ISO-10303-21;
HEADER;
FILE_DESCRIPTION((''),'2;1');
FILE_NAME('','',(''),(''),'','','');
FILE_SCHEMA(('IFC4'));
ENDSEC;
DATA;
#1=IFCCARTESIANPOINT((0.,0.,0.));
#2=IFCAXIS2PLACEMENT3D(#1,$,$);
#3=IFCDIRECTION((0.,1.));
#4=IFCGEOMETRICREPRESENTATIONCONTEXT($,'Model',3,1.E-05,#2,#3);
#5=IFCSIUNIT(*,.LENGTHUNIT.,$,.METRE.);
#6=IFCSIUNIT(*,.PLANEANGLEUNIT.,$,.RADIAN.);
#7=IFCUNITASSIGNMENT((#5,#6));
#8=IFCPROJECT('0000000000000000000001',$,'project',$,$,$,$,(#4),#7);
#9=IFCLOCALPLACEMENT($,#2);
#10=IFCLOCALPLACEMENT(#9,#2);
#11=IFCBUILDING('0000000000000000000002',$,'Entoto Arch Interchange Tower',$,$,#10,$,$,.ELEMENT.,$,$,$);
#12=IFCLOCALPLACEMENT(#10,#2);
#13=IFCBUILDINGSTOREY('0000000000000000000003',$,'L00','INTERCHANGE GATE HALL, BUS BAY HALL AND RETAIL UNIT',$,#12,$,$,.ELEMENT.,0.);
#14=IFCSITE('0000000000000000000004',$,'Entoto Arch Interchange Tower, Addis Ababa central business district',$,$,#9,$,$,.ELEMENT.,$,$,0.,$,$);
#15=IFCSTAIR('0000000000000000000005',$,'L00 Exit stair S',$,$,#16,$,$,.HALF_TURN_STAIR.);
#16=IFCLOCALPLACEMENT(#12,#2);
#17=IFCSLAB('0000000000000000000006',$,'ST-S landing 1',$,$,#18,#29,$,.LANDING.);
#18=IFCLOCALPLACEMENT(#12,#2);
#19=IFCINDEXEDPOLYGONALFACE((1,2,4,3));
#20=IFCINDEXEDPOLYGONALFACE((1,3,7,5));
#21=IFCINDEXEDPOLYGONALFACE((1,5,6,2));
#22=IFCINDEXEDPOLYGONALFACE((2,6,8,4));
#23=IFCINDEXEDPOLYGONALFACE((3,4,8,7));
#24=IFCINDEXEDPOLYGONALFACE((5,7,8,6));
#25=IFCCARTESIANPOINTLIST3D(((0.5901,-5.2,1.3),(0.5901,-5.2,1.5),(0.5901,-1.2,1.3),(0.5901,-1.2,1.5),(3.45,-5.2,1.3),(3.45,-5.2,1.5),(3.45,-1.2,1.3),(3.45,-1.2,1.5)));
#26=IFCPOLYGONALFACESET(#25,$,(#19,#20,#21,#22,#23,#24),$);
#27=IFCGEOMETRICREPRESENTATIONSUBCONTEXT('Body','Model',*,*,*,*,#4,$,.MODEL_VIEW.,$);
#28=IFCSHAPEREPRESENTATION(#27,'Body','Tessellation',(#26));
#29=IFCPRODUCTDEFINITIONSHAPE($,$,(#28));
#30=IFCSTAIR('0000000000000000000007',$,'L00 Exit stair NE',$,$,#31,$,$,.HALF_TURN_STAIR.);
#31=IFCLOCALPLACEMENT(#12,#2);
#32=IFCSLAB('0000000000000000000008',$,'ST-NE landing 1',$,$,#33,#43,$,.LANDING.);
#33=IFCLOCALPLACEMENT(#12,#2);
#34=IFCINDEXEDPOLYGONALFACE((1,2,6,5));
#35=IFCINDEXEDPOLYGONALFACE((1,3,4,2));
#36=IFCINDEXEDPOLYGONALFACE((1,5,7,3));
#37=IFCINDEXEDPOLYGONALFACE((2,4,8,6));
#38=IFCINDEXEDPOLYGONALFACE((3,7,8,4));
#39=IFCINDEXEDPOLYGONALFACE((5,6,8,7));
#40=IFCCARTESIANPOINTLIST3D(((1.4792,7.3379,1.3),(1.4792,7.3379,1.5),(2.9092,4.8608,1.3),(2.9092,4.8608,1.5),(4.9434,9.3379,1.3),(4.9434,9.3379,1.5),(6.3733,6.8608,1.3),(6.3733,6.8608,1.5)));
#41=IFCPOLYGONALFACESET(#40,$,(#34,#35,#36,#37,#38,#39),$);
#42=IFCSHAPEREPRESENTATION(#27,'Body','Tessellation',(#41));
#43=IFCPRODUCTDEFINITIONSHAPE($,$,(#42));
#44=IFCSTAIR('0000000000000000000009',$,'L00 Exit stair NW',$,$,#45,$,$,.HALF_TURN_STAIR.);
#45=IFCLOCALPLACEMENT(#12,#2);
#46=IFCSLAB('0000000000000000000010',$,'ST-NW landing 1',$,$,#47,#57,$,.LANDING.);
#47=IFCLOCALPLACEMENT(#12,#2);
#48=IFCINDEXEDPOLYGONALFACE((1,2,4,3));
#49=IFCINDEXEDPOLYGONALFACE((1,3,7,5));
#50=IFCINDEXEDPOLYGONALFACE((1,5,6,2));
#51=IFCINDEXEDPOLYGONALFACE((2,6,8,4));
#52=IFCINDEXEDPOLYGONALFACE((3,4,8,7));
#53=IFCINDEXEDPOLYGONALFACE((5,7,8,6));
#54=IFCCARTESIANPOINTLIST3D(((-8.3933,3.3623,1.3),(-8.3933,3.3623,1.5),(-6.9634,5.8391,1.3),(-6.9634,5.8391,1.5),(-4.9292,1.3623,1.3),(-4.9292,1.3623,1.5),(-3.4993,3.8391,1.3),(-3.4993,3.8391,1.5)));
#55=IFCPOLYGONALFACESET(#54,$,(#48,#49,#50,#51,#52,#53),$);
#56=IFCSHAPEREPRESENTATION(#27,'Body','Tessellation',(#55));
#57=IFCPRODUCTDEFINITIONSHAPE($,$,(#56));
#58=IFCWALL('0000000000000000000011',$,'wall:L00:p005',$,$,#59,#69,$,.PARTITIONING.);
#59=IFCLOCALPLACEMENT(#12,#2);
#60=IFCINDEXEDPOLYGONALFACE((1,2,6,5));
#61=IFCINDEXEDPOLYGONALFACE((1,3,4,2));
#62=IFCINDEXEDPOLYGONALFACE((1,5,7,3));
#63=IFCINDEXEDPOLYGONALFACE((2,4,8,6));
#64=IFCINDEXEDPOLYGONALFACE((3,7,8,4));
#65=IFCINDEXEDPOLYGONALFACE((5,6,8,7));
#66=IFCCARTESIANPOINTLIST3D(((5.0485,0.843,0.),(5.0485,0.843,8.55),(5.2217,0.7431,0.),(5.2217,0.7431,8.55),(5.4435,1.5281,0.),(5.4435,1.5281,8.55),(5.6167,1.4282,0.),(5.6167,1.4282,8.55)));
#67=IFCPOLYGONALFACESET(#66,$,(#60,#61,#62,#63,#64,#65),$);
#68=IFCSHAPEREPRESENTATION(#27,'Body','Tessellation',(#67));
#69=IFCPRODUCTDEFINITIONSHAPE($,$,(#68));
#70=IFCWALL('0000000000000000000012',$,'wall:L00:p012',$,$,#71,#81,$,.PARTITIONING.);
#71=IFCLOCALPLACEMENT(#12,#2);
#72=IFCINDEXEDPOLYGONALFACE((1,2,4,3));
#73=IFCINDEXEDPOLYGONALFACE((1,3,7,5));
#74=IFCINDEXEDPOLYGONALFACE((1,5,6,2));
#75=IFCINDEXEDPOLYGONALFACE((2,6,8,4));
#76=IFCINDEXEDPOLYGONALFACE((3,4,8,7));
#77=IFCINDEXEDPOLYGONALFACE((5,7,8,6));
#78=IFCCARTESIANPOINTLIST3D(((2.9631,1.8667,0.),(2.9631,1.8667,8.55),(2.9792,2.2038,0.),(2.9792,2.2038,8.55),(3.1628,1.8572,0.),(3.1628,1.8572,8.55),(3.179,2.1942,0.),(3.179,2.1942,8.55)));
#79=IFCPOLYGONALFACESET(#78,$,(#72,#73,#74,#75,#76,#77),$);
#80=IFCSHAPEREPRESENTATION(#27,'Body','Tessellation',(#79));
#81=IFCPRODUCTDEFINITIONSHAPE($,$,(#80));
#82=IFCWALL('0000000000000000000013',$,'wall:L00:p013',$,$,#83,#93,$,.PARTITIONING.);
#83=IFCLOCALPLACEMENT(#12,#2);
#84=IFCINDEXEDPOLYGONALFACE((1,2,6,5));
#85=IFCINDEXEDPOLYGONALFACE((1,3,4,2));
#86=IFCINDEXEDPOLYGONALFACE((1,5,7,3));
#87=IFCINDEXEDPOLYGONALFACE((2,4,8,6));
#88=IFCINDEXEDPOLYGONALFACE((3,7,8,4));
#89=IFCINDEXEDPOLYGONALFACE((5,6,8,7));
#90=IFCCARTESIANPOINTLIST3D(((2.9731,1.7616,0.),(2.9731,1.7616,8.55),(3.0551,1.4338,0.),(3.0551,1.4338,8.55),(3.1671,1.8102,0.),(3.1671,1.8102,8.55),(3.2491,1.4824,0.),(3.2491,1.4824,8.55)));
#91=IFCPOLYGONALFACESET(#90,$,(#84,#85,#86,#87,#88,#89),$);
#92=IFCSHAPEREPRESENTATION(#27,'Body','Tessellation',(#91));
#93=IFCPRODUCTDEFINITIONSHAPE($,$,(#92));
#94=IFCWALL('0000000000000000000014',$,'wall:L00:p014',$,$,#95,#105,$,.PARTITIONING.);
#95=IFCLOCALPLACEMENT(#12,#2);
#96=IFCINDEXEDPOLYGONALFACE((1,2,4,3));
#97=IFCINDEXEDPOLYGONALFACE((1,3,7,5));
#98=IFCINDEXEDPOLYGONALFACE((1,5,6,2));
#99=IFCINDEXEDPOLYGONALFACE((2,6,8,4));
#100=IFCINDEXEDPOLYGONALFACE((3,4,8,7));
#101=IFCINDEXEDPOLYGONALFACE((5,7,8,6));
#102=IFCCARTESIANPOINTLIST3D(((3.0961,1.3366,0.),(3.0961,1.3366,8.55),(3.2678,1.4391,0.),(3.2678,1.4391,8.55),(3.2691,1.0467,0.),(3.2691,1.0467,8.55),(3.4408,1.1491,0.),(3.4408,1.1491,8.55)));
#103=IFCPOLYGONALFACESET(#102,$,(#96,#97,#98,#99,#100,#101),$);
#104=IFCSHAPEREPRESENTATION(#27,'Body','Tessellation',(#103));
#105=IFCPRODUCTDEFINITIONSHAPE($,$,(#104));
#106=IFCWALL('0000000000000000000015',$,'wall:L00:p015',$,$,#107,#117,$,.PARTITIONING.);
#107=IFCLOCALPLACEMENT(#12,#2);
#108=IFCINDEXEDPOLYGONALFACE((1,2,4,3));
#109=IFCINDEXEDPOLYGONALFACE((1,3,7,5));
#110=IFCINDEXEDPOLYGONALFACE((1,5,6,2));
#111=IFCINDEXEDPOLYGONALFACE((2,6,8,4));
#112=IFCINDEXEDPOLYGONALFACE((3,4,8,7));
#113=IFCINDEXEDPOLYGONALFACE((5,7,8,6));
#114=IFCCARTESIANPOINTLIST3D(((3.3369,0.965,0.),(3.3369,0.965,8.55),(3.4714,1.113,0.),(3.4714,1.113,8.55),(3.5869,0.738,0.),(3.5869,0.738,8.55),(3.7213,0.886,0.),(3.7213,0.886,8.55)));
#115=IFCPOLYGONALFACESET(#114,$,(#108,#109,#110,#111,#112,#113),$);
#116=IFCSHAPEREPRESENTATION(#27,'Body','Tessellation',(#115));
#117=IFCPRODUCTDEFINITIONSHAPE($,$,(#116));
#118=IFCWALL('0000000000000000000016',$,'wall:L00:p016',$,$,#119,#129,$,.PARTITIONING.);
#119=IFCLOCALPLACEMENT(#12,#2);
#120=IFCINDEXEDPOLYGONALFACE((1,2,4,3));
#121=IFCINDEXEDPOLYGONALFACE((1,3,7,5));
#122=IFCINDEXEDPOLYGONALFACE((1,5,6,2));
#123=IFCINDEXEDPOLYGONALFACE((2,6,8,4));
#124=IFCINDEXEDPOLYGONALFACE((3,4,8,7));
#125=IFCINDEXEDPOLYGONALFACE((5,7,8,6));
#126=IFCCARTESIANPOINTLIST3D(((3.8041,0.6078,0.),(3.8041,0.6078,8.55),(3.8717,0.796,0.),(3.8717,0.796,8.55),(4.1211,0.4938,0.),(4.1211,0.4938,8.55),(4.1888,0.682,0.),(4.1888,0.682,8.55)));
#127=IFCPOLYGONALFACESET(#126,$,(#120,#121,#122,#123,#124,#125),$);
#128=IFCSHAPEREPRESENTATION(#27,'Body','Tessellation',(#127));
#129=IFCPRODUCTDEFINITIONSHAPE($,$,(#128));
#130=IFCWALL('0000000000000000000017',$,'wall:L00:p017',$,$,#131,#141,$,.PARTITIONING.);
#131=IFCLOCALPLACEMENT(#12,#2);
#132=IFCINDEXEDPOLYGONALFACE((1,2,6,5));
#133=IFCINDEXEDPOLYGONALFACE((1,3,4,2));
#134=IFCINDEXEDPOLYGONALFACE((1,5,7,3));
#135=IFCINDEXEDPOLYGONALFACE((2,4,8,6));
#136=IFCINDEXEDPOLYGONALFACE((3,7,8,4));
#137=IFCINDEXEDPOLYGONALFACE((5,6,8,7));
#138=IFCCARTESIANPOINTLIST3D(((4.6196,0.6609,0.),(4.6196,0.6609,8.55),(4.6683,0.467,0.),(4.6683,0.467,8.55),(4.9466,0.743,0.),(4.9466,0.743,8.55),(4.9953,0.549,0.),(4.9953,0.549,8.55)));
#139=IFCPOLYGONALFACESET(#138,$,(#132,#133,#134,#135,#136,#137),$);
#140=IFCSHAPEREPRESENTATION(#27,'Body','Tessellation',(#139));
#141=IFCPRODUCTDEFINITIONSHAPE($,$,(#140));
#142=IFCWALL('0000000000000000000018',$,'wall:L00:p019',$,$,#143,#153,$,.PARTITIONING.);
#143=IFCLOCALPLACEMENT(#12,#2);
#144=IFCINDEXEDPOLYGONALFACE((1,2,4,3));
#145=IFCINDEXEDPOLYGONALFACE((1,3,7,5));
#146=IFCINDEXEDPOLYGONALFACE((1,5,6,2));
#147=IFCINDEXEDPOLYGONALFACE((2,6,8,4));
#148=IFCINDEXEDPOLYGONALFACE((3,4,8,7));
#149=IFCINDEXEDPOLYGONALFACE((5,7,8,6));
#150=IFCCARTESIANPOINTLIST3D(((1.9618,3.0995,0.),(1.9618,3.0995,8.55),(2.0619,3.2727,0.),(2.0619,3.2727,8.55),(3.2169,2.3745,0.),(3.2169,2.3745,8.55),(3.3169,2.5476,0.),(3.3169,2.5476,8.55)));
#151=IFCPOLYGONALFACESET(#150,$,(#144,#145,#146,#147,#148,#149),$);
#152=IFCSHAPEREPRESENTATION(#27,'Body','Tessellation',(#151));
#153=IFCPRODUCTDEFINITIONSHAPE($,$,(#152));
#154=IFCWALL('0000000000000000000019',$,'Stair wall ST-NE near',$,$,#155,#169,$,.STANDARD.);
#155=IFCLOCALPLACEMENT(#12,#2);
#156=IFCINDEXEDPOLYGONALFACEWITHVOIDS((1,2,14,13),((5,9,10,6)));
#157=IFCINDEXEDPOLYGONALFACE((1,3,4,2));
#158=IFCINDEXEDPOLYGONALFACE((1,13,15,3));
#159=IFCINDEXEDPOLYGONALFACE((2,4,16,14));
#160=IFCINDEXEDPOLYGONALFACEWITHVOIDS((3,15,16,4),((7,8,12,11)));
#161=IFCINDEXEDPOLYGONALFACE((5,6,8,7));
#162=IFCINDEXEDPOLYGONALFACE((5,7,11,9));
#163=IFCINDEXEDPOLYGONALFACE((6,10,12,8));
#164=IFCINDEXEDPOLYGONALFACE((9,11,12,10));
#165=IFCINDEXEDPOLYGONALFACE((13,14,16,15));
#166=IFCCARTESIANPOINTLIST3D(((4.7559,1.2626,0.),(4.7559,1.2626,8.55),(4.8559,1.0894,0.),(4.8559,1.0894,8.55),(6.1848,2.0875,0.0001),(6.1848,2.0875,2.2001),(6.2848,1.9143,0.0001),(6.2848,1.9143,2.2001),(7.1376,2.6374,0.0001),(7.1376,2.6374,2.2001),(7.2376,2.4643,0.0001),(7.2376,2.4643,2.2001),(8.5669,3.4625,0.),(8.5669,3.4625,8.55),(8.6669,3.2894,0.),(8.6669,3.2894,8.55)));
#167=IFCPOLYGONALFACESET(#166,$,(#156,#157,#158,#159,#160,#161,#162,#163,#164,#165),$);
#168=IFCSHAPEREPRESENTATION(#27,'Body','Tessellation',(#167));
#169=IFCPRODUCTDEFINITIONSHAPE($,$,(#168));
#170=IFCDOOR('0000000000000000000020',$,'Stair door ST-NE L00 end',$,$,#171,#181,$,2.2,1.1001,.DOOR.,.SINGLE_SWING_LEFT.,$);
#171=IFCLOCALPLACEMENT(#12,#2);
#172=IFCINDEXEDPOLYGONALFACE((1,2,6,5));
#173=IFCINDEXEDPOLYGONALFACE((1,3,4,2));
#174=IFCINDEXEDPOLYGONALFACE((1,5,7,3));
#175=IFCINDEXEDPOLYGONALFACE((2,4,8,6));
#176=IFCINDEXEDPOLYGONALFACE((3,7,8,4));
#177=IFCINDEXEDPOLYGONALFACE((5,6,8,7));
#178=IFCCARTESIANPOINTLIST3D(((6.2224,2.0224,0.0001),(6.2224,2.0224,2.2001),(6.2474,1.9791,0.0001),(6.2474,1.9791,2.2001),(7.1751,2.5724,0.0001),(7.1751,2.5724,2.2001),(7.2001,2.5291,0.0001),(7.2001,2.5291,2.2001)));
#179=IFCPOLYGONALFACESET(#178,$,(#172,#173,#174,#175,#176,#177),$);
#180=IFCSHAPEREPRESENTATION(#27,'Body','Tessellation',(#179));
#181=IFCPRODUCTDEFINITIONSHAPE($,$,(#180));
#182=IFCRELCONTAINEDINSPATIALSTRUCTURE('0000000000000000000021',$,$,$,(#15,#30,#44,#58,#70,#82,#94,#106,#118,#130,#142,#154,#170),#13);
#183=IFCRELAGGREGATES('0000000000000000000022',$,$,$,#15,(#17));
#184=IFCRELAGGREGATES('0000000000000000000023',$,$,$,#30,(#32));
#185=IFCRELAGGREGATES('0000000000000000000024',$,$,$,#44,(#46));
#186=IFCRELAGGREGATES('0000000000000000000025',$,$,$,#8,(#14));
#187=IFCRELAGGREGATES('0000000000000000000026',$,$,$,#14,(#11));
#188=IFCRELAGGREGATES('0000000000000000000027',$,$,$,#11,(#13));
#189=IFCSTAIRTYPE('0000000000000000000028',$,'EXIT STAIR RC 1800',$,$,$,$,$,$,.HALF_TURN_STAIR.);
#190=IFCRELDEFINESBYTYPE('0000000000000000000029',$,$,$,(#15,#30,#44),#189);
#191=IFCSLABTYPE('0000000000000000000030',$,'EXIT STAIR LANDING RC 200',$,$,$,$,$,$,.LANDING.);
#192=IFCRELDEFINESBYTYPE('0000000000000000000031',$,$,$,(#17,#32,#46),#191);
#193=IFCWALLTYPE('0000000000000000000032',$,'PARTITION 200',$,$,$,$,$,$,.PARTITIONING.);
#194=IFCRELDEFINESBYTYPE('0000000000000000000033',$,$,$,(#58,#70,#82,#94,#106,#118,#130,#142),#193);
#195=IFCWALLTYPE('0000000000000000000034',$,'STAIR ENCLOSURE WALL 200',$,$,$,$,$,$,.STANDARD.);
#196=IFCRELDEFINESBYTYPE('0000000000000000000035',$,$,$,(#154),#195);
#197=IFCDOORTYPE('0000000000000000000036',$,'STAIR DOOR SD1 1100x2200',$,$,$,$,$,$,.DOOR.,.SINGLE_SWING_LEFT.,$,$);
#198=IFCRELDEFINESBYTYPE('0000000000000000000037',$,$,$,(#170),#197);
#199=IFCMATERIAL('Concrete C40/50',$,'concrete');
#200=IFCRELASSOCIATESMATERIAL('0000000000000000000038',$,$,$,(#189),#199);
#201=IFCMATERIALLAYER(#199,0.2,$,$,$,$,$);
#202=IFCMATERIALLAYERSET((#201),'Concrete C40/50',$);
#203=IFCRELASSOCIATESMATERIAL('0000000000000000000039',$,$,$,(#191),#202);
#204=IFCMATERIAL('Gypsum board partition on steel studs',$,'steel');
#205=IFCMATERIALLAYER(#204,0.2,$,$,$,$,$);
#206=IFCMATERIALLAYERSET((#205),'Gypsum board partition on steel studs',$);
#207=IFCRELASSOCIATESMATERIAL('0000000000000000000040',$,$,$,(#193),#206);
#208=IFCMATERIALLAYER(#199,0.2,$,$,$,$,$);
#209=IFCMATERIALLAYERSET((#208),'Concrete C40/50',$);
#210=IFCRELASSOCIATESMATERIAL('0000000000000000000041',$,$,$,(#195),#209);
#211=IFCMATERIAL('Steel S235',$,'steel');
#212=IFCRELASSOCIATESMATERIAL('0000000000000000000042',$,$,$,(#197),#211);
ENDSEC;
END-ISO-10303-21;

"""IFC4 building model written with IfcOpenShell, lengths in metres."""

from ifc_helpers import new_model, si_unit, direction, frame, frame_2d, origin, place, context, subcontext, project, spatial, polyline, rectangle, outline, extrude, material, layer, layer_set, type_object, element, fill, aggregate, save


model = new_model("IFC4")

# Units and contexts
model_context = context("Model", 3, precision=1e-05, world=origin(), true_north=direction((0.0, 1.0)))
body_context = subcontext(model_context, "Body", "Model", "MODEL_VIEW")
ifc_project = project(units=[si_unit("LENGTHUNIT", "METRE"), si_unit("PLANEANGLEUNIT", "RADIAN")], contexts=[model_context])

# Site, building, storey
site_placement = place(None, origin())
site = spatial("IfcSite", under=ifc_project, at=site_placement, Name="Entoto Arch Interchange Tower, Addis Ababa central business district", CompositionType="ELEMENT", RefElevation=0.0)
building_placement = place(site_placement, origin())
building = spatial("IfcBuilding", under=site, at=building_placement, Name="Entoto Arch Interchange Tower", CompositionType="ELEMENT")
storey_placement = place(building_placement, origin())
storey = spatial("IfcBuildingStorey", under=building, at=storey_placement, Name="L00", Description="INTERCHANGE GATE HALL, BUS BAY HALL AND RETAIL UNIT", CompositionType="ELEMENT", Elevation=0.0)

# Stairs, slabs
ifc_material_1 = material(Name="Concrete C40/50", Category="concrete")
stair_type = type_object("IfcStairType", Name="EXIT STAIR RC 1800", PredefinedType="HALF_TURN_STAIR", material=ifc_material_1)
stair_1_placement = place(storey_placement, origin())
stair_1 = element("IfcStair", 1, at=stair_1_placement, inside=storey, type_object=stair_type, Name="L00 Exit stair S", PredefinedType="HALF_TURN_STAIR")
ifc_layer_1 = layer(ifc_material_1, 0.2)
ifc_layer_set_1 = layer_set([ifc_layer_1], Name="Concrete C40/50")
slab_type = type_object("IfcSlabType", Name="EXIT STAIR LANDING RC 200", PredefinedType="LANDING", material=ifc_layer_set_1)
slab_1_placement = place(storey_placement, frame((0.0, 0.0, 1.3)))
slab_1 = element("IfcSlab", 2, at=slab_1_placement, type_object=slab_type, Name="ST-S landing 1", PredefinedType="LANDING", context=body_context, shape_type="SweptSolid", body=[
    extrude(outline(polyline([(0.5901, -5.2), (3.45, -5.2), (3.45, -1.2), (0.5901, -1.2), (0.5901, -5.2)])), origin(), (0.0, 0.0, 1.0), 0.2),
])
aggregate(stair_1, [slab_1])
stair_2_placement = place(storey_placement, origin())
stair_2 = element("IfcStair", 3, at=stair_2_placement, inside=storey, type_object=stair_type, Name="L00 Exit stair NE", PredefinedType="HALF_TURN_STAIR")
slab_2_placement = place(storey_placement, frame((0.0, 0.0, 1.3)))
slab_2 = element("IfcSlab", 4, at=slab_2_placement, type_object=slab_type, Name="ST-NE landing 1", PredefinedType="LANDING", context=body_context, shape_type="SweptSolid", body=[
    extrude(outline(polyline([(6.3733, 6.8608), (4.9434, 9.3379), (1.4792, 7.3379), (2.9092, 4.8608), (6.3733, 6.8608)])), origin(), (0.0, 0.0, 1.0), 0.2),
])
aggregate(stair_2, [slab_2])
stair_3_placement = place(storey_placement, origin())
stair_3 = element("IfcStair", 5, at=stair_3_placement, inside=storey, type_object=stair_type, Name="L00 Exit stair NW", PredefinedType="HALF_TURN_STAIR")
slab_3_placement = place(storey_placement, frame((0.0, 0.0, 1.3)))
slab_3 = element("IfcSlab", 6, at=slab_3_placement, type_object=slab_type, Name="ST-NW landing 1", PredefinedType="LANDING", context=body_context, shape_type="SweptSolid", body=[
    extrude(outline(polyline([(-6.9634, 5.8391), (-8.3933, 3.3623), (-4.9292, 1.3623), (-3.4993, 3.8391), (-6.9634, 5.8391)])), origin(), (0.0, 0.0, 1.0), 0.2),
])
aggregate(stair_3, [slab_3])

# Walls
ifc_material_2 = material(Name="Gypsum board partition on steel studs", Category="steel")
ifc_layer_2 = layer(ifc_material_2, 0.2)
ifc_layer_set_2 = layer_set([ifc_layer_2], Name="Gypsum board partition on steel studs")
wall_type_1 = type_object("IfcWallType", Name="PARTITION 200", PredefinedType="PARTITIONING", material=ifc_layer_set_2)
wall_1_placement = place(storey_placement, frame((5.135, 0.793, 0.0), z_axis=(0.0, 0.0, 1.0), x_axis=(0.499526, 0.866299, 0.0)))
element("IfcWall", 7, at=wall_1_placement, inside=storey, type_object=wall_type_1, Name="wall:L00:p005", PredefinedType="PARTITIONING", context=body_context, shape_type="SweptSolid", body=[
    extrude(rectangle(XDim=0.7908, YDim=0.2, at=frame_2d((0.3955, 0.0))), origin(), (0.0, 0.0, 1.0), 8.55),
])
wall_2_placement = place(storey_placement, frame((3.0791, 2.199, 0.0), z_axis=(0.0, 0.0, 1.0), x_axis=(-0.047771, -0.998858, 0.0)))
element("IfcWall", 8, at=wall_2_placement, inside=storey, type_object=wall_type_1, Name="wall:L00:p012", PredefinedType="PARTITIONING", context=body_context, shape_type="SweptSolid", body=[
    extrude(rectangle(XDim=0.3374, YDim=0.2, at=frame_2d((0.1687, 0.0))), origin(), (0.0, 0.0, 1.0), 8.55),
])
wall_3_placement = place(storey_placement, frame((3.0701, 1.7859, 0.0), z_axis=(0.0, 0.0, 1.0), x_axis=(0.242706, -0.9701, 0.0)))
element("IfcWall", 9, at=wall_3_placement, inside=storey, type_object=wall_type_1, Name="wall:L00:p013", PredefinedType="PARTITIONING", context=body_context, shape_type="SweptSolid", body=[
    extrude(rectangle(XDim=0.3379, YDim=0.2, at=frame_2d((0.1689, 0.0))), origin(), (0.0, 0.0, 1.0), 8.55),
])
for number, where, z_axis, x_axis, name in (
    (10, (3.1819, 1.3879, 0.0), (0.0, 0.0, 1.0), (0.512475, -0.858702, 0.0), "wall:L00:p014"),
    (11, (3.4041, 1.0391, 0.0), (0.0, 0.0, 1.0), (0.740267, -0.672313, 0.0), "wall:L00:p015"),
):
    element("IfcWall", number, at=place(storey_placement, frame(where, z_axis=z_axis, x_axis=x_axis)), inside=storey, type_object=wall_type_1, Name=name, PredefinedType="PARTITIONING", context=body_context, shape_type="SweptSolid", body=[
        extrude(rectangle(XDim=0.3376, YDim=0.2, at=frame_2d((0.1689, 0.0))), origin(), (0.0, 0.0, 1.0), 8.55),
    ])
wall_4_placement = place(storey_placement, frame((3.8379, 0.7019, 0.0), z_axis=(0.0, 0.0, 1.0), x_axis=(0.941035, -0.338309, 0.0)))
element("IfcWall", 12, at=wall_4_placement, inside=storey, type_object=wall_type_1, Name="wall:L00:p016", PredefinedType="PARTITIONING", context=body_context, shape_type="SweptSolid", body=[
    extrude(rectangle(XDim=0.3369, YDim=0.2, at=frame_2d((0.1685, 0.0))), origin(), (0.0, 0.0, 1.0), 8.55),
])
wall_5_placement = place(storey_placement, frame((4.644, 0.564, 0.0), z_axis=(0.0, 0.0, 1.0), x_axis=(0.969929, 0.243388, 0.0)))
element("IfcWall", 13, at=wall_5_placement, inside=storey, type_object=wall_type_1, Name="wall:L00:p017", PredefinedType="PARTITIONING", context=body_context, shape_type="SweptSolid", body=[
    extrude(rectangle(XDim=0.3372, YDim=0.2, at=frame_2d((0.1685, 0.0))), origin(), (0.0, 0.0, 1.0), 8.55),
])
wall_6_placement = place(storey_placement, frame((2.012, 3.186, 0.0), z_axis=(0.0, 0.0, 1.0), x_axis=(0.865891, -0.500233, 0.0)))
element("IfcWall", 14, at=wall_6_placement, inside=storey, type_object=wall_type_1, Name="wall:L00:p019", PredefinedType="PARTITIONING", context=body_context, shape_type="SweptSolid", body=[
    extrude(rectangle(XDim=1.4495, YDim=0.2, at=frame_2d((0.7246, 0.0))), origin(), (0.0, 0.0, 1.0), 8.55),
])

# Wall, opening, door
ifc_layer_3 = layer(ifc_material_1, 0.2)
ifc_layer_set_3 = layer_set([ifc_layer_3], Name="Concrete C40/50")
wall_type_2 = type_object("IfcWallType", Name="STAIR ENCLOSURE WALL 200", PredefinedType="STANDARD", material=ifc_layer_set_3)
wall_7_placement = place(storey_placement, frame((4.8059, 1.176, 0.0), z_axis=(0.0, 0.0, 1.0), x_axis=(0.86606, 0.49994, 0.0)))
wall_7 = element("IfcWall", 15, at=wall_7_placement, inside=storey, type_object=wall_type_2, Name="Stair wall ST-NE near", PredefinedType="STANDARD", context=body_context, shape_type="SweptSolid", body=[
    extrude(rectangle(XDim=4.4004, YDim=0.2, at=frame_2d((2.2002, 0.0))), origin(), (0.0, 0.0, 1.0), 8.55),
])
opening_1_placement = place(wall_7_placement, frame((1.6499, 0.0, 0.0)))
opening_1 = element("IfcOpeningElement", 16, at=opening_1_placement, cuts=wall_7, PredefinedType="OPENING", context=body_context, shape_type="SweptSolid", body=[
    extrude(rectangle(XDim=1.1001, YDim=2.2, at=frame_2d((0.55, 1.1001))), frame((0.0, 0.1099, 0.0), z_axis=(0.0, -1.0, 0.0), x_axis=(1.0, 0.0, 0.0)), (0.0, 0.0, 1.0), 0.22),
])
ifc_material_3 = material(Name="Steel S235", Category="steel")
door_type = type_object("IfcDoorType", Name="STAIR DOOR SD1 1100x2200", OperationType="SINGLE_SWING_LEFT", PredefinedType="DOOR", material=ifc_material_3)
door_1_placement = place(opening_1_placement, origin())
door_1 = element("IfcDoor", 17, at=door_1_placement, inside=storey, type_object=door_type, Name="Stair door ST-NE L00 end", OperationType="SINGLE_SWING_LEFT", OverallHeight=2.2, OverallWidth=1.1001, PredefinedType="DOOR", context=body_context, shape_type="SweptSolid", body=[
    extrude(rectangle(XDim=1.1001, YDim=2.2, at=frame_2d((0.55, 1.1001))), frame((0.0, 0.0249, 0.0), z_axis=(0.0, -1.0, 0.0), x_axis=(1.0, 0.0, 0.0)), (0.0, 0.0, 1.0), 0.05),
])
fill(opening_1, door_1)

save(model, "model.ifc")
